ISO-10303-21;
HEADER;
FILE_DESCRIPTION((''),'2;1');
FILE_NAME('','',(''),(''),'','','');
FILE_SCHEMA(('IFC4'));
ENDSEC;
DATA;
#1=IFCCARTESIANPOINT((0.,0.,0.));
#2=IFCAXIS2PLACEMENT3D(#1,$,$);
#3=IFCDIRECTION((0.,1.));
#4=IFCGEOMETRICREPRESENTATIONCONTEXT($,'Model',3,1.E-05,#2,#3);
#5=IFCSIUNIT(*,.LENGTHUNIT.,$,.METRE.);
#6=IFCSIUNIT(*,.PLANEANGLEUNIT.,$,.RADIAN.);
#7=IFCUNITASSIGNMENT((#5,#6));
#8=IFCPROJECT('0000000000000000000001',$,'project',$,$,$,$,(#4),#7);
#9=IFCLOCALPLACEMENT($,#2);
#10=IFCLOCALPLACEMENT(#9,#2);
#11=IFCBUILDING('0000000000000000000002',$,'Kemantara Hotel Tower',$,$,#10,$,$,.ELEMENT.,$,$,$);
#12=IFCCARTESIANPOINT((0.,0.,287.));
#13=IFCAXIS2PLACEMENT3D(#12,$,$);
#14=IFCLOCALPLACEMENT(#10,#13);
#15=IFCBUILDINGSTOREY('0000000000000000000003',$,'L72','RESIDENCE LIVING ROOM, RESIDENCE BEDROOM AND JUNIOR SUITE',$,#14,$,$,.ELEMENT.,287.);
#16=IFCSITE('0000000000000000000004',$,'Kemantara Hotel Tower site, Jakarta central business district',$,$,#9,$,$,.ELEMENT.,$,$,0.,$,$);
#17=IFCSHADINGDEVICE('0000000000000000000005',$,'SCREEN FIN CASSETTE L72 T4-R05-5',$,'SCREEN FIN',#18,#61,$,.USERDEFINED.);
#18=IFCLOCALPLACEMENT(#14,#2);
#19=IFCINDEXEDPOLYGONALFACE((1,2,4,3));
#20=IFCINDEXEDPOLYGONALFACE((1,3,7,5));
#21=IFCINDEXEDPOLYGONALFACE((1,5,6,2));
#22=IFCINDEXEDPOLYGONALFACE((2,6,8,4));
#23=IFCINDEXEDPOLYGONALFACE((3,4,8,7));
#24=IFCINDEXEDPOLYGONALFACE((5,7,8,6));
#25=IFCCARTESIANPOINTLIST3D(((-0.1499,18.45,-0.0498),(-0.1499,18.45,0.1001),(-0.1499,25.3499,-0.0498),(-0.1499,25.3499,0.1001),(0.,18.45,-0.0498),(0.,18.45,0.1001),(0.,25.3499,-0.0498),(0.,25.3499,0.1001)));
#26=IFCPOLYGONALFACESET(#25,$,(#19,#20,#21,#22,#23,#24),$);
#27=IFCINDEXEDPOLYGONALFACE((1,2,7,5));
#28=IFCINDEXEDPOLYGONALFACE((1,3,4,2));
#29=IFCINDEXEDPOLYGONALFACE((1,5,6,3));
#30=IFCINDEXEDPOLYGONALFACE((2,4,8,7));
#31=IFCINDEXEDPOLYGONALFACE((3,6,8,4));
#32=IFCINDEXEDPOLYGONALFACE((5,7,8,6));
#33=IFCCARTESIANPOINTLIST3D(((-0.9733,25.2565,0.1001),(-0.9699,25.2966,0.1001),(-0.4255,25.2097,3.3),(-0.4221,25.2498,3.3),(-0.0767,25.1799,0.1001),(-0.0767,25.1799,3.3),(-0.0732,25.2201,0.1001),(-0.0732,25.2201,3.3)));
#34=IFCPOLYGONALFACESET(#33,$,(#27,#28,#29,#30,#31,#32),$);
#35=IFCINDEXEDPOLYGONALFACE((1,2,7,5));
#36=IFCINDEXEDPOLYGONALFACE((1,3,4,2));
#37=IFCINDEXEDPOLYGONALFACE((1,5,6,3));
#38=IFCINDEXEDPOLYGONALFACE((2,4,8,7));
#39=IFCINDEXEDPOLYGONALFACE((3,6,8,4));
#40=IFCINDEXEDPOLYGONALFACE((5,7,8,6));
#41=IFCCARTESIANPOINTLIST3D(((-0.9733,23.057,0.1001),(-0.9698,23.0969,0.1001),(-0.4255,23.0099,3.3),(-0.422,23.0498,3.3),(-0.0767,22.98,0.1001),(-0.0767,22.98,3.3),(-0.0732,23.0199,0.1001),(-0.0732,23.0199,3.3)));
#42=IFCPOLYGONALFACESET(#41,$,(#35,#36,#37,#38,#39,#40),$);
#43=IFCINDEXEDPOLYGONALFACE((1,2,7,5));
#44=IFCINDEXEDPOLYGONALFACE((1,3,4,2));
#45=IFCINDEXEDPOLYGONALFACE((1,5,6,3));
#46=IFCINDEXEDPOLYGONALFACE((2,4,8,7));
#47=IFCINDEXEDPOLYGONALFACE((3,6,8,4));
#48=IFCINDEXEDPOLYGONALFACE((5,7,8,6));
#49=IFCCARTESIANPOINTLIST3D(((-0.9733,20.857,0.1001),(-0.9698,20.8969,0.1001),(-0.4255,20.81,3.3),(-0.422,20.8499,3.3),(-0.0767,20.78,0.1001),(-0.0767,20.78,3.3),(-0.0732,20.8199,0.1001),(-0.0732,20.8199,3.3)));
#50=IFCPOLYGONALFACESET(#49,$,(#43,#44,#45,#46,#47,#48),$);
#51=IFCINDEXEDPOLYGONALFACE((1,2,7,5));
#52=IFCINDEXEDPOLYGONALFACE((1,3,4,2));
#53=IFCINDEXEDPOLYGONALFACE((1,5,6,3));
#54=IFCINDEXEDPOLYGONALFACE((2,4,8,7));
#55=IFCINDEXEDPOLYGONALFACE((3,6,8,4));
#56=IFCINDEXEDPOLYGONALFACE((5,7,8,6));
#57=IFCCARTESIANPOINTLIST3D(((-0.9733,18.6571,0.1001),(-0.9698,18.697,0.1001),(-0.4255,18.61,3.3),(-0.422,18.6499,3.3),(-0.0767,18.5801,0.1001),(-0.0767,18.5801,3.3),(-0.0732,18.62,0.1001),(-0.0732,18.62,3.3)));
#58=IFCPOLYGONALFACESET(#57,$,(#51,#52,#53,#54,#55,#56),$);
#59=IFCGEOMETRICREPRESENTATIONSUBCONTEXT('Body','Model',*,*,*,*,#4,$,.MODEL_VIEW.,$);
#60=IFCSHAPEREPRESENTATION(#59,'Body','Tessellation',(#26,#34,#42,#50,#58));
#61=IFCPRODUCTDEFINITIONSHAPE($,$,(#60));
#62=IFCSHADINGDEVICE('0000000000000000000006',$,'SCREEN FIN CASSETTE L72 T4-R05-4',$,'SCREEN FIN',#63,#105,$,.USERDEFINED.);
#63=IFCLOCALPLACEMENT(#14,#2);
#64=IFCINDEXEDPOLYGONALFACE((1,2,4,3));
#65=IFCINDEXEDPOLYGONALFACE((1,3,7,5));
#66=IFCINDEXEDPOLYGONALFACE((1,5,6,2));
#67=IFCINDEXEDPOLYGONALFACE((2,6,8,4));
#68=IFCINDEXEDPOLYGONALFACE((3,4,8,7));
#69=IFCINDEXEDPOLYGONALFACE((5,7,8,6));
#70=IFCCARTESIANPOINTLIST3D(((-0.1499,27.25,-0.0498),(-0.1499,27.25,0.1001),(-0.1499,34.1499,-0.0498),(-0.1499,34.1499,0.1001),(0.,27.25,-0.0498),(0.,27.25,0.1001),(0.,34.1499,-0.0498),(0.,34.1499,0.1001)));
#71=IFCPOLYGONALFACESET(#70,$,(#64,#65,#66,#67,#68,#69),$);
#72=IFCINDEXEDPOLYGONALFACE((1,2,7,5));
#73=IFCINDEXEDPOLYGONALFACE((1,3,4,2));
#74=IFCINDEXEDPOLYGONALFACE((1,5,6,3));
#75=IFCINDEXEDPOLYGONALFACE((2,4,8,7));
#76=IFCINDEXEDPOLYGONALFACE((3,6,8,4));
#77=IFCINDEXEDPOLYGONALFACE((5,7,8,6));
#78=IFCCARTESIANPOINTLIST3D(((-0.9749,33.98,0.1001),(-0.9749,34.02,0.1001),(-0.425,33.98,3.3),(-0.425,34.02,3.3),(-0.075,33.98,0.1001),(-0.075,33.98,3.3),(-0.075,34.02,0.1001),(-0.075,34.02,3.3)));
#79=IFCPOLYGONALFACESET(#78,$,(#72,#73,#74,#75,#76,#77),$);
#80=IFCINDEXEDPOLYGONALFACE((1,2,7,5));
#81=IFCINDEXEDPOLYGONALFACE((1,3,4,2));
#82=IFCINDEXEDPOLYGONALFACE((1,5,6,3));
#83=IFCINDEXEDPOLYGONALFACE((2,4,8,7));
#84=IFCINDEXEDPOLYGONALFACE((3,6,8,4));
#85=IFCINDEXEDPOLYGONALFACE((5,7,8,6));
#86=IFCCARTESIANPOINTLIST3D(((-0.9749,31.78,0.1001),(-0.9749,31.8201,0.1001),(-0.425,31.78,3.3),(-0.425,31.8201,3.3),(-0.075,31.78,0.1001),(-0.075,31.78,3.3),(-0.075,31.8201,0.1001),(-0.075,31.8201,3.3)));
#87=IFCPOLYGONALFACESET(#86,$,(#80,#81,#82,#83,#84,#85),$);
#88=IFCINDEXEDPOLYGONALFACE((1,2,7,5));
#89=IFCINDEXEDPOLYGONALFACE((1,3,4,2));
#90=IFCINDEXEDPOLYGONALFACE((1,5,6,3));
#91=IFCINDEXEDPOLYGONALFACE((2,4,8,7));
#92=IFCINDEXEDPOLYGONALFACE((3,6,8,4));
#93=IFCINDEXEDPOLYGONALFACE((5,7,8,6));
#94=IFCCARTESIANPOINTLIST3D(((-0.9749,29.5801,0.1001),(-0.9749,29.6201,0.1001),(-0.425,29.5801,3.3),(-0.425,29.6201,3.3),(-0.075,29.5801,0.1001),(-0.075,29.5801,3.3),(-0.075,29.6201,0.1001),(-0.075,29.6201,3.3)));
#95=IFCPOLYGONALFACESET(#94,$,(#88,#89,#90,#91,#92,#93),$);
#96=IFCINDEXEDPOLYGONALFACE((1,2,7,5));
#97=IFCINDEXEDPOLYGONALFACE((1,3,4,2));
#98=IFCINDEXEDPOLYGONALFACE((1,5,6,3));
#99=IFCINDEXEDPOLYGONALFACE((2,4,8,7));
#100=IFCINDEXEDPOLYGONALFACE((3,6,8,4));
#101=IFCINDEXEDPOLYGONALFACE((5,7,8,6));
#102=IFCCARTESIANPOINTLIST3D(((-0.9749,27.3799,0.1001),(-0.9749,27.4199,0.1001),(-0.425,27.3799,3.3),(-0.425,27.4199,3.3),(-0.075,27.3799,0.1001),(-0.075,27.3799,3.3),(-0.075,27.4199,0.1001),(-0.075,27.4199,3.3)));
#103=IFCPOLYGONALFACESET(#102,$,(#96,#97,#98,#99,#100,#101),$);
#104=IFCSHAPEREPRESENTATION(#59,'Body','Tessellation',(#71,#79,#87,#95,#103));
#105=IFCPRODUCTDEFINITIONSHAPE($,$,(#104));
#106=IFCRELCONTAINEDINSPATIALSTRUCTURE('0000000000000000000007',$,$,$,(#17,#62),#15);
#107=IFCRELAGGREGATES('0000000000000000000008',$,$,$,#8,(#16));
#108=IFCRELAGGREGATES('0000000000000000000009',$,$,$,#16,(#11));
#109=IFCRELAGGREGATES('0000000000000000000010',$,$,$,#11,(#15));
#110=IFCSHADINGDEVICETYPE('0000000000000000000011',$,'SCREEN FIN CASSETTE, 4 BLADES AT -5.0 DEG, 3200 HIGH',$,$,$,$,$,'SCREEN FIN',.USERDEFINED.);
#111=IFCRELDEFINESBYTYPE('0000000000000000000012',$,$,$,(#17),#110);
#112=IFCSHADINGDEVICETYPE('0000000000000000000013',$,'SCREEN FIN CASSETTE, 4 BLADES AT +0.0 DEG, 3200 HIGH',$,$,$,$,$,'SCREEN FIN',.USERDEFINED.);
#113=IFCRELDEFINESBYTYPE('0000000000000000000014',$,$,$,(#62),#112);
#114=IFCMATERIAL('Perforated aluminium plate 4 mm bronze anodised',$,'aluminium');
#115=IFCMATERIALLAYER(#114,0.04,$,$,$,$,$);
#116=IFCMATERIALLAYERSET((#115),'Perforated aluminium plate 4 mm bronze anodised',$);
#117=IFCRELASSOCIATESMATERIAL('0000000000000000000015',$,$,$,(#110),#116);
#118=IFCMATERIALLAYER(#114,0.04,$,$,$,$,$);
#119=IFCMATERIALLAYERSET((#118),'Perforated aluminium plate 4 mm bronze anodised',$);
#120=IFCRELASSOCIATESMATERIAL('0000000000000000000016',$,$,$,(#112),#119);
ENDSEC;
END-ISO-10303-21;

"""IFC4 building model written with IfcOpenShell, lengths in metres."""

from ifc_helpers import new_model, si_unit, direction, frame, origin, origin_2d, place, context, subcontext, project, spatial, polyline, rectangle, outline, extrude, source, transform, mapped, material, layer, layer_set, type_object, element, save


model = new_model("IFC4")

# Units and contexts
model_context = context("Model", 3, precision=1e-05, world=origin(), true_north=direction((0.0, 1.0)))
body_context = subcontext(model_context, "Body", "Model", "MODEL_VIEW")
ifc_project = project(units=[si_unit("LENGTHUNIT", "METRE"), si_unit("PLANEANGLEUNIT", "RADIAN")], contexts=[model_context])

# Site, building, storey
site_placement = place(None, origin())
site = spatial("IfcSite", under=ifc_project, at=site_placement, Name="Kemantara Hotel Tower site, Jakarta central business district", CompositionType="ELEMENT", RefElevation=0.0)
building_placement = place(site_placement, origin())
building = spatial("IfcBuilding", under=site, at=building_placement, Name="Kemantara Hotel Tower", CompositionType="ELEMENT")
storey_placement = place(building_placement, frame((0.0, 0.0, 287.0)))
storey = spatial("IfcBuildingStorey", under=building, at=storey_placement, Name="L72", Description="RESIDENCE LIVING ROOM, RESIDENCE BEDROOM AND JUNIOR SUITE", CompositionType="ELEMENT", Elevation=287.0)

# Shading devices
ifc_material_1 = material(Name="Perforated aluminium plate 4 mm bronze anodised", Category="aluminium")
ifc_layer_1 = layer(ifc_material_1, 0.04)
ifc_layer_set_1 = layer_set([ifc_layer_1], Name="Perforated aluminium plate 4 mm bronze anodised")
shading_device_type_1 = type_object("IfcShadingDeviceType", Name="SCREEN FIN CASSETTE, 4 BLADES AT -5.0 DEG, 3200 HIGH", ElementType="SCREEN FIN", PredefinedType="USERDEFINED", material=ifc_layer_set_1)
shared_shape_1 = source(origin(), body_context, "Body", "SweptSolid", [
    extrude(rectangle(XDim=6.8999, YDim=0.1499, at=origin_2d()), frame((3.3, -0.075, -0.1499), z_axis=(0.0, 0.0, 1.0), x_axis=(1.0, 0.0, 0.0)), (0.0, 0.0, 1.0), 0.1499),
    extrude(outline(polyline([(0.0, 0.0), (0.8999, 0.0), (0.3501, 3.2), (0.0, 3.2), (0.0, 0.0)])), frame((0.02, -0.0767, 0.0), z_axis=(-0.996376, 0.085056, 0.0), x_axis=(-0.085056, -0.996376, 0.0)), (0.0, 0.0, 1.0), 0.0403),
    extrude(outline(polyline([(0.0, 0.0), (0.8999, 0.0), (0.3501, 3.2), (0.0, 3.2), (0.0, 0.0)])), frame((2.22, -0.0767, 0.0), z_axis=(-0.996332, 0.085575, 0.0), x_axis=(-0.085575, -0.996332, 0.0)), (0.0, 0.0, 1.0), 0.04),
    extrude(outline(polyline([(0.0, 0.0), (0.8999, 0.0), (0.3501, 3.2), (0.0, 3.2), (0.0, 0.0)])), frame((4.4199, -0.0767, 0.0), z_axis=(-0.996332, 0.085575, 0.0), x_axis=(-0.085575, -0.996332, 0.0)), (0.0, 0.0, 1.0), 0.04),
    extrude(outline(polyline([(0.0, 0.0), (0.8999, 0.0), (0.3501, 3.2), (0.0, 3.2), (0.0, 0.0)])), frame((6.6199, -0.0767, 0.0), z_axis=(-0.996332, 0.085575, 0.0), x_axis=(-0.085575, -0.996332, 0.0)), (0.0, 0.0, 1.0), 0.04),
])
shading_device_1_placement = place(storey_placement, frame((0.0, 25.2, 0.1001), z_axis=(0.0, 0.0, 1.0), x_axis=(0.0, -1.0, 0.0)))
element("IfcShadingDevice", 1, at=shading_device_1_placement, inside=storey, type_object=shading_device_type_1, Name="SCREEN FIN CASSETTE L72 T4-R05-5", ObjectType="SCREEN FIN", PredefinedType="USERDEFINED", context=body_context, shape_type="MappedRepresentation", body=[
    mapped(shared_shape_1, transform((0.0, 0.0, 0.0))),
])
ifc_layer_2 = layer(ifc_material_1, 0.04)
ifc_layer_set_2 = layer_set([ifc_layer_2], Name="Perforated aluminium plate 4 mm bronze anodised")
shading_device_type_2 = type_object("IfcShadingDeviceType", Name="SCREEN FIN CASSETTE, 4 BLADES AT +0.0 DEG, 3200 HIGH", ElementType="SCREEN FIN", PredefinedType="USERDEFINED", material=ifc_layer_set_2)
shared_shape_2 = source(origin(), body_context, "Body", "SweptSolid", [
    extrude(rectangle(XDim=6.8999, YDim=0.1499, at=origin_2d()), frame((3.3, -0.075, -0.1499), z_axis=(0.0, 0.0, 1.0), x_axis=(1.0, 0.0, 0.0)), (0.0, 0.0, 1.0), 0.1499),
    extrude(outline(polyline([(0.0, 0.0), (0.8999, 0.0), (0.3501, 3.2), (0.0, 3.2), (0.0, 0.0)])), frame((0.02, -0.075, 0.0), z_axis=(-1.0, 0.0, 0.0), x_axis=(0.0, -1.0, 0.0)), (0.0, 0.0, 1.0), 0.04),
    extrude(outline(polyline([(0.0, 0.0), (0.8999, 0.0), (0.3501, 3.2), (0.0, 3.2), (0.0, 0.0)])), frame((2.22, -0.075, 0.0), z_axis=(-1.0, 0.0, 0.0), x_axis=(0.0, -1.0, 0.0)), (0.0, 0.0, 1.0), 0.04),
    extrude(outline(polyline([(0.0, 0.0), (0.8999, 0.0), (0.3501, 3.2), (0.0, 3.2), (0.0, 0.0)])), frame((4.4199, -0.075, 0.0), z_axis=(-1.0, 0.0, 0.0), x_axis=(0.0, -1.0, 0.0)), (0.0, 0.0, 1.0), 0.04),
    extrude(outline(polyline([(0.0, 0.0), (0.8999, 0.0), (0.3501, 3.2), (0.0, 3.2), (0.0, 0.0)])), frame((6.6201, -0.075, 0.0), z_axis=(-1.0, 0.0, 0.0), x_axis=(0.0, -1.0, 0.0)), (0.0, 0.0, 1.0), 0.04),
])
shading_device_2_placement = place(storey_placement, frame((0.0, 34.0, 0.1001), z_axis=(0.0, 0.0, 1.0), x_axis=(0.0, -1.0, 0.0)))
element("IfcShadingDevice", 2, at=shading_device_2_placement, inside=storey, type_object=shading_device_type_2, Name="SCREEN FIN CASSETTE L72 T4-R05-4", ObjectType="SCREEN FIN", PredefinedType="USERDEFINED", context=body_context, shape_type="MappedRepresentation", body=[
    mapped(shared_shape_2, transform((0.0, 0.0, 0.0))),
])

save(model, "model.ifc")
